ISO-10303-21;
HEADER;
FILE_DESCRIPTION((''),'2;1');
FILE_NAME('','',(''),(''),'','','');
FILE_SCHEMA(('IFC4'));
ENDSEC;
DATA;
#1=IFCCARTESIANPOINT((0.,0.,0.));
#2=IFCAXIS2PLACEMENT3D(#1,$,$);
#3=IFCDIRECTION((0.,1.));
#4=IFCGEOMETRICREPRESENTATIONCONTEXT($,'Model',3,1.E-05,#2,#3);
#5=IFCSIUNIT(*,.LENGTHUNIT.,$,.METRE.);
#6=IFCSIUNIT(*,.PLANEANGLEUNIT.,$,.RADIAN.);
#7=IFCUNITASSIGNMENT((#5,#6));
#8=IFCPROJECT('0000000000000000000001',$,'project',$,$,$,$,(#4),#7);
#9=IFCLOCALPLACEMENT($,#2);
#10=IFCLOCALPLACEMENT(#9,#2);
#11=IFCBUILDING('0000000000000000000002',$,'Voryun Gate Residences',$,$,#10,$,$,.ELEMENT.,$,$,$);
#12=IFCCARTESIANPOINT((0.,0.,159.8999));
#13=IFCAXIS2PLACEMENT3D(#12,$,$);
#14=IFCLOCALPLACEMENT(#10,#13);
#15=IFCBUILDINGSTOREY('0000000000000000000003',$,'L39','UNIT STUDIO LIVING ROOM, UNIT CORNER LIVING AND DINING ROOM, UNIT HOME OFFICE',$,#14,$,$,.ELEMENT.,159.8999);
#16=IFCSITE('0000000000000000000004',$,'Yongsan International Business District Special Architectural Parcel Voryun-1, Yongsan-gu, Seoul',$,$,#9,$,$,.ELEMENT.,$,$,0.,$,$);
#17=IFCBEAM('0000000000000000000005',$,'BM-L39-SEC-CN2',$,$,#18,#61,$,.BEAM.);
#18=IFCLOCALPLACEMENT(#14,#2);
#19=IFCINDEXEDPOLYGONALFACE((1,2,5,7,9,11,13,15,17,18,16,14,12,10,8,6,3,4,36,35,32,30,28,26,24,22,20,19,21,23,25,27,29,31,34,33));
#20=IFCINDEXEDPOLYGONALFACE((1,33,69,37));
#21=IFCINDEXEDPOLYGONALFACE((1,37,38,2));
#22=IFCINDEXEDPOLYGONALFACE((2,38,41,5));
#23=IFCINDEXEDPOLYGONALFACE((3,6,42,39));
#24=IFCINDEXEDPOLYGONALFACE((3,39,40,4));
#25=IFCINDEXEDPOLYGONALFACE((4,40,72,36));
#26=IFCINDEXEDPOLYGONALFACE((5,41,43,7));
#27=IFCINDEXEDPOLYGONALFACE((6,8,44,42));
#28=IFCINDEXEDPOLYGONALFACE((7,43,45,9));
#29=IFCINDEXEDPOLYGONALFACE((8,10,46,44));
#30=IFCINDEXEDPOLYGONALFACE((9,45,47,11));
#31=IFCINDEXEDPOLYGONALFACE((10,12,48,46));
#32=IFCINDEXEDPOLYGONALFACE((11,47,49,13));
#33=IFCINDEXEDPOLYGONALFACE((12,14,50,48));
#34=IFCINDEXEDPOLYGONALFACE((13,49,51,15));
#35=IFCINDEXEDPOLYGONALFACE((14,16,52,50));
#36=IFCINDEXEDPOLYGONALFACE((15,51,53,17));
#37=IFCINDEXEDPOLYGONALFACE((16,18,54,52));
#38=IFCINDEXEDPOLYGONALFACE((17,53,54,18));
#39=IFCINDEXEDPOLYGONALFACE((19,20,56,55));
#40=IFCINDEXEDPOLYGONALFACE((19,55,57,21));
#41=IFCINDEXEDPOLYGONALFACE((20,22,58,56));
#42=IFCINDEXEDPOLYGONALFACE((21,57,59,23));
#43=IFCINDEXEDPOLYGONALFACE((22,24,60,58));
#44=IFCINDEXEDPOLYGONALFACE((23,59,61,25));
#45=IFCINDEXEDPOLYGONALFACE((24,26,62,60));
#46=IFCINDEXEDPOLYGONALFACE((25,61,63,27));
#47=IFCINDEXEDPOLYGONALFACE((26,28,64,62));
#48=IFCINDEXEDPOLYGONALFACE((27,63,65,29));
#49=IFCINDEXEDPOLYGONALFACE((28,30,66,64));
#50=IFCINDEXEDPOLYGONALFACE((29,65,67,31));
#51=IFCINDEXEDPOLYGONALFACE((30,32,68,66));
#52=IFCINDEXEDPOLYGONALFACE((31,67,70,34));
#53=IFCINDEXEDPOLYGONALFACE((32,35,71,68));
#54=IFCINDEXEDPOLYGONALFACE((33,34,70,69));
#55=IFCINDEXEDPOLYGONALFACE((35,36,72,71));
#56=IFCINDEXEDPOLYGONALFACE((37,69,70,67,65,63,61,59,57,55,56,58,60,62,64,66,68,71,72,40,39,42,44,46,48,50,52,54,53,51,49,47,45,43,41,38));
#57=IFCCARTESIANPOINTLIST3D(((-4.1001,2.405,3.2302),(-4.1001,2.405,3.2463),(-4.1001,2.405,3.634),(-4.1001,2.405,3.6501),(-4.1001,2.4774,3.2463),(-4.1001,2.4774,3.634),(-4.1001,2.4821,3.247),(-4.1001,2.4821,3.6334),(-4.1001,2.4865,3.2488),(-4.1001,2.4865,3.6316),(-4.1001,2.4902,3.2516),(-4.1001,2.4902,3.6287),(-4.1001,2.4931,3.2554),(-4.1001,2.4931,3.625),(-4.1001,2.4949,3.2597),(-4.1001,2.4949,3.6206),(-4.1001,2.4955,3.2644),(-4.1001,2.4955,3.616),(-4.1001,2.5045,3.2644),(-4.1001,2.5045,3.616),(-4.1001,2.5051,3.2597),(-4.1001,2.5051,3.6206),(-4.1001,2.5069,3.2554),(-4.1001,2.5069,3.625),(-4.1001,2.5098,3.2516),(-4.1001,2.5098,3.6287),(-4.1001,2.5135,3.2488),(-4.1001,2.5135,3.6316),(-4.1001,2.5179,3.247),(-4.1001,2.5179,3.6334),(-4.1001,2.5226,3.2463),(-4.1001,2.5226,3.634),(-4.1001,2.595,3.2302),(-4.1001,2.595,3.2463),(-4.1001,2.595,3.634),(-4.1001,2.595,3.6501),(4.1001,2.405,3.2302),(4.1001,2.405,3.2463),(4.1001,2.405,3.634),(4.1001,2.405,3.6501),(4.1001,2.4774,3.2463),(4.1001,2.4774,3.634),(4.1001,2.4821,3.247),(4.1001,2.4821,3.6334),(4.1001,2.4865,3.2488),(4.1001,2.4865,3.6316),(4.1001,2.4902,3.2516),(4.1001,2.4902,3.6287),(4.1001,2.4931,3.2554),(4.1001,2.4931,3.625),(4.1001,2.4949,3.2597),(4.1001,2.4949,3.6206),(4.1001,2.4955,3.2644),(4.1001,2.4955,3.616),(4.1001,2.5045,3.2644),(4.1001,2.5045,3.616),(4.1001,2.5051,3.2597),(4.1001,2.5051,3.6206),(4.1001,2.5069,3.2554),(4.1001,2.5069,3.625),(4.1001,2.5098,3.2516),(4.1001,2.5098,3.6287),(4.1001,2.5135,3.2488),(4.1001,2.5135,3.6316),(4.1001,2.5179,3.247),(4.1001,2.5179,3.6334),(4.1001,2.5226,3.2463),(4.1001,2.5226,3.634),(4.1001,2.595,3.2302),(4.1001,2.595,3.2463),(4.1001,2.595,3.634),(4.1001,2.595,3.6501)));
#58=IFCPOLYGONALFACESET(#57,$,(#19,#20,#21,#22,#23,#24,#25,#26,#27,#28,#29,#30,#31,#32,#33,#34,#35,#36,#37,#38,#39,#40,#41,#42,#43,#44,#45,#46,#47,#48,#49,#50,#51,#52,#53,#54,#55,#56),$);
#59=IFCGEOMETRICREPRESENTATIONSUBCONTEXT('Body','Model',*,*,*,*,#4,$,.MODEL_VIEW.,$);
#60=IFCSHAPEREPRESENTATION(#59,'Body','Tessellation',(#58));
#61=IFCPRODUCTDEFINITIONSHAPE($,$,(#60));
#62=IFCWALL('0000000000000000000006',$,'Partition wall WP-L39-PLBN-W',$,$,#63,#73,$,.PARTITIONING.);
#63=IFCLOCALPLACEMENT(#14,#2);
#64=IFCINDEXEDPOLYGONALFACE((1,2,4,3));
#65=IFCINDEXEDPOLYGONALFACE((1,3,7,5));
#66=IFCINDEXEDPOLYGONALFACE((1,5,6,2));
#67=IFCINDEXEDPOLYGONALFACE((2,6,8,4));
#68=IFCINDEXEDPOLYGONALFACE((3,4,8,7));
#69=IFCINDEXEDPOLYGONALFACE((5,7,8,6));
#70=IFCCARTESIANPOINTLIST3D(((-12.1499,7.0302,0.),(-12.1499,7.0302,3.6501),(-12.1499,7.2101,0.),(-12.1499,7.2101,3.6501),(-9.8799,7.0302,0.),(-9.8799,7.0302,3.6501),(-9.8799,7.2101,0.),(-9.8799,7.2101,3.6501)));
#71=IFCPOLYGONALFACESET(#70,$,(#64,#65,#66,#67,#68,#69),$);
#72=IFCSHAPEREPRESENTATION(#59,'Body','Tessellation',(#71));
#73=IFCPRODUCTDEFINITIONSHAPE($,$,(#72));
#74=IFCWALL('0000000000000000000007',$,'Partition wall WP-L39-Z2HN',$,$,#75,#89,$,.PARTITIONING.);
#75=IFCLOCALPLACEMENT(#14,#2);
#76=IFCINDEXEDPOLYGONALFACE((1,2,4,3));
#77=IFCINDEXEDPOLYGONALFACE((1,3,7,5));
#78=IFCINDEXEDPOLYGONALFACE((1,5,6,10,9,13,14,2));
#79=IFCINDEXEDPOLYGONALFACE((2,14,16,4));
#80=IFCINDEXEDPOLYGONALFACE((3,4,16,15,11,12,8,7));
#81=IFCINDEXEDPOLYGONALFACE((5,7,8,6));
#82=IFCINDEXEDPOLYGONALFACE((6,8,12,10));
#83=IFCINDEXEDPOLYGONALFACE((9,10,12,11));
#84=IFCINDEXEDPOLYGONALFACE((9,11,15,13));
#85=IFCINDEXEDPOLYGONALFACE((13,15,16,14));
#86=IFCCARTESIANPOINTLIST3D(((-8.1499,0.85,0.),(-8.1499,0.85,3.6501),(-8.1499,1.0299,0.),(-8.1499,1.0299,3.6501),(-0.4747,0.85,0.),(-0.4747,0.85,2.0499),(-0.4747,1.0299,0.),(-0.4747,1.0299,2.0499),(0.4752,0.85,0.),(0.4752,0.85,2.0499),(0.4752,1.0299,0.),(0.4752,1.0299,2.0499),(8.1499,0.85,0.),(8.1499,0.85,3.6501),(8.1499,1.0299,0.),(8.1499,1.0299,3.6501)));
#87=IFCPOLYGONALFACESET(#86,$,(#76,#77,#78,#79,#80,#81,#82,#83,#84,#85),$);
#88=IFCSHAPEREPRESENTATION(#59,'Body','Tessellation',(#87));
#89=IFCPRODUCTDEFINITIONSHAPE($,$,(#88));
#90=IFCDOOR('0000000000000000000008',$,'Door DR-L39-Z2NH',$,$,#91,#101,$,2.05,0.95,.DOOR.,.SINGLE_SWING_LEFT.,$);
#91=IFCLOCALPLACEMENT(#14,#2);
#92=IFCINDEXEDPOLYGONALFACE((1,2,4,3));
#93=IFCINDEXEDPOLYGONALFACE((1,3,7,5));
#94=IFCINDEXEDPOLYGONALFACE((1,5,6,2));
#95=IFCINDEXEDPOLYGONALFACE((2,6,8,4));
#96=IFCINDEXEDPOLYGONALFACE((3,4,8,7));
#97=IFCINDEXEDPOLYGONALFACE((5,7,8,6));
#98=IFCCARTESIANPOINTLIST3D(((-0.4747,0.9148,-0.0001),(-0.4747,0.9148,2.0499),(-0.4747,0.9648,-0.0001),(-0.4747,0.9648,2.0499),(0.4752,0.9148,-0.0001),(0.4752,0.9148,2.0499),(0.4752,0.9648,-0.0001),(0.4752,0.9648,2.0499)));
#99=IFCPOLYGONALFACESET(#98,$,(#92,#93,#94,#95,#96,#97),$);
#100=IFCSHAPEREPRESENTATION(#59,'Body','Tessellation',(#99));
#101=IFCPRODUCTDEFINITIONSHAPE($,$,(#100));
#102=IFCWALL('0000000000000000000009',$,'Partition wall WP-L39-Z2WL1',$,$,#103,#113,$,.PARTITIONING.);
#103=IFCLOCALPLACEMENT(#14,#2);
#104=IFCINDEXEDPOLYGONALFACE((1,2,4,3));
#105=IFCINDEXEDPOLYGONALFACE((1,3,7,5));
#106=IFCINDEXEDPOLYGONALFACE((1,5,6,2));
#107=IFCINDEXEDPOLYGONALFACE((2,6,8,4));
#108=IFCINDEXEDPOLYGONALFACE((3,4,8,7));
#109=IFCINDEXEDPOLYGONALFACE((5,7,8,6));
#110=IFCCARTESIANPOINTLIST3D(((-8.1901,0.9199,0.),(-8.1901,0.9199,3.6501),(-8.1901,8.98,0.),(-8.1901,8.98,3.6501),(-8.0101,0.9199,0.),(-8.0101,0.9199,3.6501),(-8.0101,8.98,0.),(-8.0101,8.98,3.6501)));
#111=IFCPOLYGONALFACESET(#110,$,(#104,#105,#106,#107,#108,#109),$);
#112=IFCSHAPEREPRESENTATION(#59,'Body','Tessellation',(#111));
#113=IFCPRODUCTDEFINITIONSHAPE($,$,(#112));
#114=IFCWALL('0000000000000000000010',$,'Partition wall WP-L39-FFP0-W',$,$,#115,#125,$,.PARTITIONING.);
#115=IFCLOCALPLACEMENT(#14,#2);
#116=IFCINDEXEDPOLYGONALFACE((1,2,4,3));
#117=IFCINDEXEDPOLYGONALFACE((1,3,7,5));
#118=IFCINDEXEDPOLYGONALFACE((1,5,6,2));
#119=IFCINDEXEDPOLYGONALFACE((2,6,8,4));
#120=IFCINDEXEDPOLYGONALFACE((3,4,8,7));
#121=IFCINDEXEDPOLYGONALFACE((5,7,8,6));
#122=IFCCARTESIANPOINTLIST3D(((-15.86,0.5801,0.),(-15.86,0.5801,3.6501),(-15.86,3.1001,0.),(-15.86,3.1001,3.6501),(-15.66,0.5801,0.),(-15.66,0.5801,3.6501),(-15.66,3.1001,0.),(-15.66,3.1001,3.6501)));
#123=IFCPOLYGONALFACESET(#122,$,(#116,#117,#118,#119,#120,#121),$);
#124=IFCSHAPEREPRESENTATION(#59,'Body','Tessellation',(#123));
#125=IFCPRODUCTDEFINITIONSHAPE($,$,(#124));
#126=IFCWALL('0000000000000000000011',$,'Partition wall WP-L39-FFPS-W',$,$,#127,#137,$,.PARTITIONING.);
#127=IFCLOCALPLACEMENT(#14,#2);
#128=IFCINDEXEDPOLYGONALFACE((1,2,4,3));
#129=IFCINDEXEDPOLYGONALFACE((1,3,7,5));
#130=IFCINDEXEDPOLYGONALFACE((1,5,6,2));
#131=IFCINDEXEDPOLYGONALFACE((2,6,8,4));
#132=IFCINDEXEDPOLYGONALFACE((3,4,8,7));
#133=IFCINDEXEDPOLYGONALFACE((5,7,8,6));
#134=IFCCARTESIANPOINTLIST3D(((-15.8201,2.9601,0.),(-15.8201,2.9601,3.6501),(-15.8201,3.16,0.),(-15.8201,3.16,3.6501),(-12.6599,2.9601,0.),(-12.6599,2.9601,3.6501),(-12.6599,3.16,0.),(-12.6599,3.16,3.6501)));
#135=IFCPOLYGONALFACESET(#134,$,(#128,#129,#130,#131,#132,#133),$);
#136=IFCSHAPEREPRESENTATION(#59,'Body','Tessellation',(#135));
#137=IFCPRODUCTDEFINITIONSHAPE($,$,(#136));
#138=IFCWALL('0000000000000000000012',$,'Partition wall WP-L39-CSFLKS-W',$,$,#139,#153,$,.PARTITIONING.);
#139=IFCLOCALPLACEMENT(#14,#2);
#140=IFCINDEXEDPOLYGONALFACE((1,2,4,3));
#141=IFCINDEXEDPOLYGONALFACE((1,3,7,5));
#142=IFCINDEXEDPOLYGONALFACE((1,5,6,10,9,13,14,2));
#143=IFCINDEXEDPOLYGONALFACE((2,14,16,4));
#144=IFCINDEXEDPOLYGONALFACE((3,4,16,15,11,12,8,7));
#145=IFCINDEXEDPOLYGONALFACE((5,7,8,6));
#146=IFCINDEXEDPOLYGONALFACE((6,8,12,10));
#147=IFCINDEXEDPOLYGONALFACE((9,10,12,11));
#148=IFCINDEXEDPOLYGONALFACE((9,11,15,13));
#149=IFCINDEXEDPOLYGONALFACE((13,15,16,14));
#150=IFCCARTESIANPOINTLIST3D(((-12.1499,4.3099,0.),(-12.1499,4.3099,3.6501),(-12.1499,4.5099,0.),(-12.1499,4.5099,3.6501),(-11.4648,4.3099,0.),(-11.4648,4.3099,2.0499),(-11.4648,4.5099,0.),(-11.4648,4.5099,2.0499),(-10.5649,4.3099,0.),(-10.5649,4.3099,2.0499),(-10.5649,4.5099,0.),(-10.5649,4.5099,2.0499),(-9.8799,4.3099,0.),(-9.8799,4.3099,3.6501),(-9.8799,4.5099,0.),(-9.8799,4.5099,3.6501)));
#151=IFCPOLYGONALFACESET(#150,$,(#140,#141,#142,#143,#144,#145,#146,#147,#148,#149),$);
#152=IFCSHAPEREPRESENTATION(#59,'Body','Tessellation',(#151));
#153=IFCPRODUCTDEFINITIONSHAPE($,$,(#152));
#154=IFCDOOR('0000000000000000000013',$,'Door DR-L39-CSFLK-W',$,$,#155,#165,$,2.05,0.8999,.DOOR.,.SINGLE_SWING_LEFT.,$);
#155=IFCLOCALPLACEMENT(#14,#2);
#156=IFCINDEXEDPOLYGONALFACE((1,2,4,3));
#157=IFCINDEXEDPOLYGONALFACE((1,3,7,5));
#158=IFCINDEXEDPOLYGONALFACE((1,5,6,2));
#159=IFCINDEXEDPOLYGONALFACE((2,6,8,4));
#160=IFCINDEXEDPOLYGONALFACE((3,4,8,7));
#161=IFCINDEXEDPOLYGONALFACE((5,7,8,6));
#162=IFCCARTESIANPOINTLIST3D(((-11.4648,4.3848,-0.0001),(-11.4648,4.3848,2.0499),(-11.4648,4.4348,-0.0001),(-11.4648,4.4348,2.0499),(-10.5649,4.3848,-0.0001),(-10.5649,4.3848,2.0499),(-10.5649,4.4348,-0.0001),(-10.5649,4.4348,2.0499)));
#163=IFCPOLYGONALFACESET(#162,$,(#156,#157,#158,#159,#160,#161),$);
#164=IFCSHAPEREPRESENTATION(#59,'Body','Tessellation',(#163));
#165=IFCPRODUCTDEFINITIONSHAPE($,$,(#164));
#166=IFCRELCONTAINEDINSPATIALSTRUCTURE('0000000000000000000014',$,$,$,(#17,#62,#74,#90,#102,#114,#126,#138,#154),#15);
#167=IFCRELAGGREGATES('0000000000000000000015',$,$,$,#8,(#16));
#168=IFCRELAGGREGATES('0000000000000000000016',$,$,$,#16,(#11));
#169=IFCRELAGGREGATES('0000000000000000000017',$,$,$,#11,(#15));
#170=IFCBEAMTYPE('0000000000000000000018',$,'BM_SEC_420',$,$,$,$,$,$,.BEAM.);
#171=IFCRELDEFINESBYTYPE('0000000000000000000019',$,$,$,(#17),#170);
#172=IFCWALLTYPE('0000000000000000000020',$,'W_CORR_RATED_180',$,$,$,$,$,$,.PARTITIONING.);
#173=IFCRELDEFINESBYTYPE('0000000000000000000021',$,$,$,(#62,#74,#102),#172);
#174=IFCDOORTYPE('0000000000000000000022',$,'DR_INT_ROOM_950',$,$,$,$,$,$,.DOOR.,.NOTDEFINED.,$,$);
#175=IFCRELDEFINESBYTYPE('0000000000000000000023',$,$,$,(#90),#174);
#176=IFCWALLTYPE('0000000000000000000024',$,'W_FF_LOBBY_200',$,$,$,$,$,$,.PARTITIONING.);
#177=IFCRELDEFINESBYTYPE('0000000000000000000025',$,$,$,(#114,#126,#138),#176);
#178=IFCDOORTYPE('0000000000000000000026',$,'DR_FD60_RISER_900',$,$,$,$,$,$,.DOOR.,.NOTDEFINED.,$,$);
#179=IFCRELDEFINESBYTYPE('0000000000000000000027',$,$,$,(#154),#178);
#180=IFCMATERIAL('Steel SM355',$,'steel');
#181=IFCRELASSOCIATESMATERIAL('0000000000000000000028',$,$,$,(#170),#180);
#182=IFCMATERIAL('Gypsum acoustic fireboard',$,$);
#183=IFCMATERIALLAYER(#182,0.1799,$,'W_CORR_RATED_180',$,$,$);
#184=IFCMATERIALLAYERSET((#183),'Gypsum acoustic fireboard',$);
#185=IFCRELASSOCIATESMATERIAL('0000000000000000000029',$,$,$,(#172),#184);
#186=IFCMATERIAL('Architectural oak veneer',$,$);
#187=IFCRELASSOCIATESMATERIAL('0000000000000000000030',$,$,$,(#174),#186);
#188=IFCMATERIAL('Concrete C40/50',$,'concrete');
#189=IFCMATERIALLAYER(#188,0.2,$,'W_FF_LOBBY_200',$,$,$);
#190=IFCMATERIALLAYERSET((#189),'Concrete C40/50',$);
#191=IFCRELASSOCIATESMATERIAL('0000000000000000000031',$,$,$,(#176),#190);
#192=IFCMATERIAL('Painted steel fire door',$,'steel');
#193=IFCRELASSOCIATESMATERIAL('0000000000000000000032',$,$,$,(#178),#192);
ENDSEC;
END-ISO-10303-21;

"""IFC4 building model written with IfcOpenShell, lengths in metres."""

from ifc_helpers import new_model, si_unit, direction, frame, frame_2d, origin, origin_2d, place, context, subcontext, project, spatial, rectangle, i_section, extrude, material, layer, layer_set, material_profile, profile_set, type_object, element, fill, save


model = new_model("IFC4")

# Units and contexts
model_context = context("Model", 3, precision=1e-05, world=origin(), true_north=direction((0.0, 1.0)))
body_context = subcontext(model_context, "Body", "Model", "MODEL_VIEW")
ifc_project = project(units=[si_unit("LENGTHUNIT", "METRE"), si_unit("PLANEANGLEUNIT", "RADIAN")], contexts=[model_context])

# Site, building, storey
site_placement = place(None, origin())
site = spatial("IfcSite", under=ifc_project, at=site_placement, Name="Yongsan International Business District Special Architectural Parcel Voryun-1, Yongsan-gu, Seoul", CompositionType="ELEMENT", RefElevation=0.0)
building_placement = place(site_placement, origin())
building = spatial("IfcBuilding", under=site, at=building_placement, Name="Voryun Gate Residences", CompositionType="ELEMENT")
storey_placement = place(building_placement, frame((0.0, 0.0, 159.8999)))
storey = spatial("IfcBuildingStorey", under=building, at=storey_placement, Name="L39", Description="UNIT STUDIO LIVING ROOM, UNIT CORNER LIVING AND DINING ROOM, UNIT HOME OFFICE", CompositionType="ELEMENT", Elevation=159.8999)

# Beam
ifc_material_1 = material(Name="Steel SM355", Category="steel")
ifc_material_profile_1 = material_profile(ifc_material_1, i_section(OverallWidth=0.1899, OverallDepth=0.4199, WebThickness=0.009, FlangeThickness=0.0161, FilletRadius=0.0181, at=origin_2d()), Name="H-420x190x9x16")
ifc_profile_set_1 = profile_set([ifc_material_profile_1], Name="Steel SM355")
beam_type = type_object("IfcBeamType", Name="BM_SEC_420", PredefinedType="BEAM", material=ifc_profile_set_1)
beam_1_placement = place(storey_placement, frame((-4.1001, 2.5, 3.4402), z_axis=(1.0, 0.0, 0.0), x_axis=(0.0, 1.0, 0.0)))
element("IfcBeam", 1, at=beam_1_placement, inside=storey, type_object=beam_type, Name="BM-L39-SEC-CN2", PredefinedType="BEAM", context=body_context, shape_type="SweptSolid", body=[
    extrude(i_section(OverallWidth=0.1899, OverallDepth=0.4199, WebThickness=0.009, FlangeThickness=0.0161, FilletRadius=0.0181, at=origin_2d()), origin(), (0.0, 0.0, 1.0), 8.2002),
])

# Wall
ifc_material_2 = material(Name="Gypsum acoustic fireboard")
ifc_layer_1 = layer(ifc_material_2, 0.1799, Name="W_CORR_RATED_180")
ifc_layer_set_1 = layer_set([ifc_layer_1], Name="Gypsum acoustic fireboard")
wall_type_1 = type_object("IfcWallType", Name="W_CORR_RATED_180", PredefinedType="PARTITIONING", material=ifc_layer_set_1)
wall_1_placement = place(storey_placement, frame((-12.1499, 7.1201, 0.0), z_axis=(0.0, 0.0, 1.0), x_axis=(1.0, 0.0, 0.0)))
element("IfcWall", 2, at=wall_1_placement, inside=storey, type_object=wall_type_1, Name="Partition wall WP-L39-PLBN-W", PredefinedType="PARTITIONING", context=body_context, shape_type="SweptSolid", body=[
    extrude(rectangle(XDim=2.27, YDim=0.1799, at=frame_2d((1.135, 0.0))), origin(), (0.0, 0.0, 1.0), 3.6501),
])

# Wall, opening, door
wall_2_placement = place(storey_placement, frame((-8.1499, 0.9399, 0.0), z_axis=(0.0, 0.0, 1.0), x_axis=(1.0, 0.0, 0.0)))
wall_2 = element("IfcWall", 3, at=wall_2_placement, inside=storey, type_object=wall_type_1, Name="Partition wall WP-L39-Z2HN", PredefinedType="PARTITIONING", context=body_context, shape_type="SweptSolid", body=[
    extrude(rectangle(XDim=16.2998, YDim=0.1799, at=frame_2d((8.1499, 0.0))), origin(), (0.0, 0.0, 1.0), 3.6501),
])
opening_1_placement = place(wall_2_placement, frame((7.675, 0.0, 0.0)))
opening_1 = element("IfcOpeningElement", 4, at=opening_1_placement, cuts=wall_2, PredefinedType="OPENING", context=body_context, shape_type="SweptSolid", body=[
    extrude(rectangle(XDim=0.95, YDim=2.05, at=frame_2d((0.4751, 1.0249))), frame((0.0, 0.0999, 0.0), z_axis=(0.0, -1.0, 0.0), x_axis=(1.0, 0.0, 0.0)), (0.0, 0.0, 1.0), 0.2),
])
ifc_material_3 = material(Name="Architectural oak veneer")
door_type_1 = type_object("IfcDoorType", Name="DR_INT_ROOM_950", OperationType="NOTDEFINED", PredefinedType="DOOR", material=ifc_material_3)
door_1_placement = place(opening_1_placement, origin())
door_1 = element("IfcDoor", 5, at=door_1_placement, inside=storey, type_object=door_type_1, Name="Door DR-L39-Z2NH", OperationType="SINGLE_SWING_LEFT", OverallHeight=2.05, OverallWidth=0.95, PredefinedType="DOOR", context=body_context, shape_type="SweptSolid", body=[
    extrude(rectangle(XDim=0.95, YDim=2.05, at=frame_2d((0.4751, 1.0249))), frame((0.0, 0.0249, 0.0), z_axis=(0.0, -1.0, 0.0), x_axis=(1.0, 0.0, 0.0)), (0.0, 0.0, 1.0), 0.05),
])
fill(opening_1, door_1)

# Walls
wall_3_placement = place(storey_placement, frame((-8.1001, 0.9199, 0.0), z_axis=(0.0, 0.0, 1.0), x_axis=(0.0, 1.0, 0.0)))
element("IfcWall", 6, at=wall_3_placement, inside=storey, type_object=wall_type_1, Name="Partition wall WP-L39-Z2WL1", PredefinedType="PARTITIONING", context=body_context, shape_type="SweptSolid", body=[
    extrude(rectangle(XDim=8.0601, YDim=0.1799, at=frame_2d((4.03, 0.0))), origin(), (0.0, 0.0, 1.0), 3.6501),
])
ifc_material_4 = material(Name="Concrete C40/50", Category="concrete")
ifc_layer_2 = layer(ifc_material_4, 0.2, Name="W_FF_LOBBY_200")
ifc_layer_set_2 = layer_set([ifc_layer_2], Name="Concrete C40/50")
wall_type_2 = type_object("IfcWallType", Name="W_FF_LOBBY_200", PredefinedType="PARTITIONING", material=ifc_layer_set_2)
wall_4_placement = place(storey_placement, frame((-15.76, 0.5801, 0.0), z_axis=(0.0, 0.0, 1.0), x_axis=(0.0, 1.0, 0.0)))
element("IfcWall", 7, at=wall_4_placement, inside=storey, type_object=wall_type_2, Name="Partition wall WP-L39-FFP0-W", PredefinedType="PARTITIONING", context=body_context, shape_type="SweptSolid", body=[
    extrude(rectangle(XDim=2.52, YDim=0.2, at=frame_2d((1.26, 0.0))), origin(), (0.0, 0.0, 1.0), 3.6501),
])
wall_5_placement = place(storey_placement, frame((-15.8201, 3.0601, 0.0), z_axis=(0.0, 0.0, 1.0), x_axis=(1.0, 0.0, 0.0)))
element("IfcWall", 8, at=wall_5_placement, inside=storey, type_object=wall_type_2, Name="Partition wall WP-L39-FFPS-W", PredefinedType="PARTITIONING", context=body_context, shape_type="SweptSolid", body=[
    extrude(rectangle(XDim=3.1602, YDim=0.2, at=frame_2d((1.5801, 0.0))), origin(), (0.0, 0.0, 1.0), 3.6501),
])

# Wall, opening, door
wall_6_placement = place(storey_placement, frame((-12.1499, 4.4099, 0.0), z_axis=(0.0, 0.0, 1.0), x_axis=(1.0, 0.0, 0.0)))
wall_6 = element("IfcWall", 9, at=wall_6_placement, inside=storey, type_object=wall_type_2, Name="Partition wall WP-L39-CSFLKS-W", PredefinedType="PARTITIONING", context=body_context, shape_type="SweptSolid", body=[
    extrude(rectangle(XDim=2.27, YDim=0.2, at=frame_2d((1.135, 0.0))), origin(), (0.0, 0.0, 1.0), 3.6501),
])
opening_2_placement = place(wall_6_placement, frame((0.6851, 0.0, 0.0)))
opening_2 = element("IfcOpeningElement", 10, at=opening_2_placement, cuts=wall_6, PredefinedType="OPENING", context=body_context, shape_type="SweptSolid", body=[
    extrude(rectangle(XDim=0.8999, YDim=2.05, at=frame_2d((0.45, 1.0249))), frame((0.0, 0.1101, 0.0), z_axis=(0.0, -1.0, 0.0), x_axis=(1.0, 0.0, 0.0)), (0.0, 0.0, 1.0), 0.22),
])
ifc_material_5 = material(Name="Painted steel fire door", Category="steel")
door_type_2 = type_object("IfcDoorType", Name="DR_FD60_RISER_900", OperationType="NOTDEFINED", PredefinedType="DOOR", material=ifc_material_5)
door_2_placement = place(opening_2_placement, origin())
door_2 = element("IfcDoor", 11, at=door_2_placement, inside=storey, type_object=door_type_2, Name="Door DR-L39-CSFLK-W", OperationType="SINGLE_SWING_LEFT", OverallHeight=2.05, OverallWidth=0.8999, PredefinedType="DOOR", context=body_context, shape_type="SweptSolid", body=[
    extrude(rectangle(XDim=0.8999, YDim=2.05, at=frame_2d((0.45, 1.0249))), frame((0.0, 0.0249, 0.0), z_axis=(0.0, -1.0, 0.0), x_axis=(1.0, 0.0, 0.0)), (0.0, 0.0, 1.0), 0.05),
])
fill(opening_2, door_2)

save(model, "model.ifc")
